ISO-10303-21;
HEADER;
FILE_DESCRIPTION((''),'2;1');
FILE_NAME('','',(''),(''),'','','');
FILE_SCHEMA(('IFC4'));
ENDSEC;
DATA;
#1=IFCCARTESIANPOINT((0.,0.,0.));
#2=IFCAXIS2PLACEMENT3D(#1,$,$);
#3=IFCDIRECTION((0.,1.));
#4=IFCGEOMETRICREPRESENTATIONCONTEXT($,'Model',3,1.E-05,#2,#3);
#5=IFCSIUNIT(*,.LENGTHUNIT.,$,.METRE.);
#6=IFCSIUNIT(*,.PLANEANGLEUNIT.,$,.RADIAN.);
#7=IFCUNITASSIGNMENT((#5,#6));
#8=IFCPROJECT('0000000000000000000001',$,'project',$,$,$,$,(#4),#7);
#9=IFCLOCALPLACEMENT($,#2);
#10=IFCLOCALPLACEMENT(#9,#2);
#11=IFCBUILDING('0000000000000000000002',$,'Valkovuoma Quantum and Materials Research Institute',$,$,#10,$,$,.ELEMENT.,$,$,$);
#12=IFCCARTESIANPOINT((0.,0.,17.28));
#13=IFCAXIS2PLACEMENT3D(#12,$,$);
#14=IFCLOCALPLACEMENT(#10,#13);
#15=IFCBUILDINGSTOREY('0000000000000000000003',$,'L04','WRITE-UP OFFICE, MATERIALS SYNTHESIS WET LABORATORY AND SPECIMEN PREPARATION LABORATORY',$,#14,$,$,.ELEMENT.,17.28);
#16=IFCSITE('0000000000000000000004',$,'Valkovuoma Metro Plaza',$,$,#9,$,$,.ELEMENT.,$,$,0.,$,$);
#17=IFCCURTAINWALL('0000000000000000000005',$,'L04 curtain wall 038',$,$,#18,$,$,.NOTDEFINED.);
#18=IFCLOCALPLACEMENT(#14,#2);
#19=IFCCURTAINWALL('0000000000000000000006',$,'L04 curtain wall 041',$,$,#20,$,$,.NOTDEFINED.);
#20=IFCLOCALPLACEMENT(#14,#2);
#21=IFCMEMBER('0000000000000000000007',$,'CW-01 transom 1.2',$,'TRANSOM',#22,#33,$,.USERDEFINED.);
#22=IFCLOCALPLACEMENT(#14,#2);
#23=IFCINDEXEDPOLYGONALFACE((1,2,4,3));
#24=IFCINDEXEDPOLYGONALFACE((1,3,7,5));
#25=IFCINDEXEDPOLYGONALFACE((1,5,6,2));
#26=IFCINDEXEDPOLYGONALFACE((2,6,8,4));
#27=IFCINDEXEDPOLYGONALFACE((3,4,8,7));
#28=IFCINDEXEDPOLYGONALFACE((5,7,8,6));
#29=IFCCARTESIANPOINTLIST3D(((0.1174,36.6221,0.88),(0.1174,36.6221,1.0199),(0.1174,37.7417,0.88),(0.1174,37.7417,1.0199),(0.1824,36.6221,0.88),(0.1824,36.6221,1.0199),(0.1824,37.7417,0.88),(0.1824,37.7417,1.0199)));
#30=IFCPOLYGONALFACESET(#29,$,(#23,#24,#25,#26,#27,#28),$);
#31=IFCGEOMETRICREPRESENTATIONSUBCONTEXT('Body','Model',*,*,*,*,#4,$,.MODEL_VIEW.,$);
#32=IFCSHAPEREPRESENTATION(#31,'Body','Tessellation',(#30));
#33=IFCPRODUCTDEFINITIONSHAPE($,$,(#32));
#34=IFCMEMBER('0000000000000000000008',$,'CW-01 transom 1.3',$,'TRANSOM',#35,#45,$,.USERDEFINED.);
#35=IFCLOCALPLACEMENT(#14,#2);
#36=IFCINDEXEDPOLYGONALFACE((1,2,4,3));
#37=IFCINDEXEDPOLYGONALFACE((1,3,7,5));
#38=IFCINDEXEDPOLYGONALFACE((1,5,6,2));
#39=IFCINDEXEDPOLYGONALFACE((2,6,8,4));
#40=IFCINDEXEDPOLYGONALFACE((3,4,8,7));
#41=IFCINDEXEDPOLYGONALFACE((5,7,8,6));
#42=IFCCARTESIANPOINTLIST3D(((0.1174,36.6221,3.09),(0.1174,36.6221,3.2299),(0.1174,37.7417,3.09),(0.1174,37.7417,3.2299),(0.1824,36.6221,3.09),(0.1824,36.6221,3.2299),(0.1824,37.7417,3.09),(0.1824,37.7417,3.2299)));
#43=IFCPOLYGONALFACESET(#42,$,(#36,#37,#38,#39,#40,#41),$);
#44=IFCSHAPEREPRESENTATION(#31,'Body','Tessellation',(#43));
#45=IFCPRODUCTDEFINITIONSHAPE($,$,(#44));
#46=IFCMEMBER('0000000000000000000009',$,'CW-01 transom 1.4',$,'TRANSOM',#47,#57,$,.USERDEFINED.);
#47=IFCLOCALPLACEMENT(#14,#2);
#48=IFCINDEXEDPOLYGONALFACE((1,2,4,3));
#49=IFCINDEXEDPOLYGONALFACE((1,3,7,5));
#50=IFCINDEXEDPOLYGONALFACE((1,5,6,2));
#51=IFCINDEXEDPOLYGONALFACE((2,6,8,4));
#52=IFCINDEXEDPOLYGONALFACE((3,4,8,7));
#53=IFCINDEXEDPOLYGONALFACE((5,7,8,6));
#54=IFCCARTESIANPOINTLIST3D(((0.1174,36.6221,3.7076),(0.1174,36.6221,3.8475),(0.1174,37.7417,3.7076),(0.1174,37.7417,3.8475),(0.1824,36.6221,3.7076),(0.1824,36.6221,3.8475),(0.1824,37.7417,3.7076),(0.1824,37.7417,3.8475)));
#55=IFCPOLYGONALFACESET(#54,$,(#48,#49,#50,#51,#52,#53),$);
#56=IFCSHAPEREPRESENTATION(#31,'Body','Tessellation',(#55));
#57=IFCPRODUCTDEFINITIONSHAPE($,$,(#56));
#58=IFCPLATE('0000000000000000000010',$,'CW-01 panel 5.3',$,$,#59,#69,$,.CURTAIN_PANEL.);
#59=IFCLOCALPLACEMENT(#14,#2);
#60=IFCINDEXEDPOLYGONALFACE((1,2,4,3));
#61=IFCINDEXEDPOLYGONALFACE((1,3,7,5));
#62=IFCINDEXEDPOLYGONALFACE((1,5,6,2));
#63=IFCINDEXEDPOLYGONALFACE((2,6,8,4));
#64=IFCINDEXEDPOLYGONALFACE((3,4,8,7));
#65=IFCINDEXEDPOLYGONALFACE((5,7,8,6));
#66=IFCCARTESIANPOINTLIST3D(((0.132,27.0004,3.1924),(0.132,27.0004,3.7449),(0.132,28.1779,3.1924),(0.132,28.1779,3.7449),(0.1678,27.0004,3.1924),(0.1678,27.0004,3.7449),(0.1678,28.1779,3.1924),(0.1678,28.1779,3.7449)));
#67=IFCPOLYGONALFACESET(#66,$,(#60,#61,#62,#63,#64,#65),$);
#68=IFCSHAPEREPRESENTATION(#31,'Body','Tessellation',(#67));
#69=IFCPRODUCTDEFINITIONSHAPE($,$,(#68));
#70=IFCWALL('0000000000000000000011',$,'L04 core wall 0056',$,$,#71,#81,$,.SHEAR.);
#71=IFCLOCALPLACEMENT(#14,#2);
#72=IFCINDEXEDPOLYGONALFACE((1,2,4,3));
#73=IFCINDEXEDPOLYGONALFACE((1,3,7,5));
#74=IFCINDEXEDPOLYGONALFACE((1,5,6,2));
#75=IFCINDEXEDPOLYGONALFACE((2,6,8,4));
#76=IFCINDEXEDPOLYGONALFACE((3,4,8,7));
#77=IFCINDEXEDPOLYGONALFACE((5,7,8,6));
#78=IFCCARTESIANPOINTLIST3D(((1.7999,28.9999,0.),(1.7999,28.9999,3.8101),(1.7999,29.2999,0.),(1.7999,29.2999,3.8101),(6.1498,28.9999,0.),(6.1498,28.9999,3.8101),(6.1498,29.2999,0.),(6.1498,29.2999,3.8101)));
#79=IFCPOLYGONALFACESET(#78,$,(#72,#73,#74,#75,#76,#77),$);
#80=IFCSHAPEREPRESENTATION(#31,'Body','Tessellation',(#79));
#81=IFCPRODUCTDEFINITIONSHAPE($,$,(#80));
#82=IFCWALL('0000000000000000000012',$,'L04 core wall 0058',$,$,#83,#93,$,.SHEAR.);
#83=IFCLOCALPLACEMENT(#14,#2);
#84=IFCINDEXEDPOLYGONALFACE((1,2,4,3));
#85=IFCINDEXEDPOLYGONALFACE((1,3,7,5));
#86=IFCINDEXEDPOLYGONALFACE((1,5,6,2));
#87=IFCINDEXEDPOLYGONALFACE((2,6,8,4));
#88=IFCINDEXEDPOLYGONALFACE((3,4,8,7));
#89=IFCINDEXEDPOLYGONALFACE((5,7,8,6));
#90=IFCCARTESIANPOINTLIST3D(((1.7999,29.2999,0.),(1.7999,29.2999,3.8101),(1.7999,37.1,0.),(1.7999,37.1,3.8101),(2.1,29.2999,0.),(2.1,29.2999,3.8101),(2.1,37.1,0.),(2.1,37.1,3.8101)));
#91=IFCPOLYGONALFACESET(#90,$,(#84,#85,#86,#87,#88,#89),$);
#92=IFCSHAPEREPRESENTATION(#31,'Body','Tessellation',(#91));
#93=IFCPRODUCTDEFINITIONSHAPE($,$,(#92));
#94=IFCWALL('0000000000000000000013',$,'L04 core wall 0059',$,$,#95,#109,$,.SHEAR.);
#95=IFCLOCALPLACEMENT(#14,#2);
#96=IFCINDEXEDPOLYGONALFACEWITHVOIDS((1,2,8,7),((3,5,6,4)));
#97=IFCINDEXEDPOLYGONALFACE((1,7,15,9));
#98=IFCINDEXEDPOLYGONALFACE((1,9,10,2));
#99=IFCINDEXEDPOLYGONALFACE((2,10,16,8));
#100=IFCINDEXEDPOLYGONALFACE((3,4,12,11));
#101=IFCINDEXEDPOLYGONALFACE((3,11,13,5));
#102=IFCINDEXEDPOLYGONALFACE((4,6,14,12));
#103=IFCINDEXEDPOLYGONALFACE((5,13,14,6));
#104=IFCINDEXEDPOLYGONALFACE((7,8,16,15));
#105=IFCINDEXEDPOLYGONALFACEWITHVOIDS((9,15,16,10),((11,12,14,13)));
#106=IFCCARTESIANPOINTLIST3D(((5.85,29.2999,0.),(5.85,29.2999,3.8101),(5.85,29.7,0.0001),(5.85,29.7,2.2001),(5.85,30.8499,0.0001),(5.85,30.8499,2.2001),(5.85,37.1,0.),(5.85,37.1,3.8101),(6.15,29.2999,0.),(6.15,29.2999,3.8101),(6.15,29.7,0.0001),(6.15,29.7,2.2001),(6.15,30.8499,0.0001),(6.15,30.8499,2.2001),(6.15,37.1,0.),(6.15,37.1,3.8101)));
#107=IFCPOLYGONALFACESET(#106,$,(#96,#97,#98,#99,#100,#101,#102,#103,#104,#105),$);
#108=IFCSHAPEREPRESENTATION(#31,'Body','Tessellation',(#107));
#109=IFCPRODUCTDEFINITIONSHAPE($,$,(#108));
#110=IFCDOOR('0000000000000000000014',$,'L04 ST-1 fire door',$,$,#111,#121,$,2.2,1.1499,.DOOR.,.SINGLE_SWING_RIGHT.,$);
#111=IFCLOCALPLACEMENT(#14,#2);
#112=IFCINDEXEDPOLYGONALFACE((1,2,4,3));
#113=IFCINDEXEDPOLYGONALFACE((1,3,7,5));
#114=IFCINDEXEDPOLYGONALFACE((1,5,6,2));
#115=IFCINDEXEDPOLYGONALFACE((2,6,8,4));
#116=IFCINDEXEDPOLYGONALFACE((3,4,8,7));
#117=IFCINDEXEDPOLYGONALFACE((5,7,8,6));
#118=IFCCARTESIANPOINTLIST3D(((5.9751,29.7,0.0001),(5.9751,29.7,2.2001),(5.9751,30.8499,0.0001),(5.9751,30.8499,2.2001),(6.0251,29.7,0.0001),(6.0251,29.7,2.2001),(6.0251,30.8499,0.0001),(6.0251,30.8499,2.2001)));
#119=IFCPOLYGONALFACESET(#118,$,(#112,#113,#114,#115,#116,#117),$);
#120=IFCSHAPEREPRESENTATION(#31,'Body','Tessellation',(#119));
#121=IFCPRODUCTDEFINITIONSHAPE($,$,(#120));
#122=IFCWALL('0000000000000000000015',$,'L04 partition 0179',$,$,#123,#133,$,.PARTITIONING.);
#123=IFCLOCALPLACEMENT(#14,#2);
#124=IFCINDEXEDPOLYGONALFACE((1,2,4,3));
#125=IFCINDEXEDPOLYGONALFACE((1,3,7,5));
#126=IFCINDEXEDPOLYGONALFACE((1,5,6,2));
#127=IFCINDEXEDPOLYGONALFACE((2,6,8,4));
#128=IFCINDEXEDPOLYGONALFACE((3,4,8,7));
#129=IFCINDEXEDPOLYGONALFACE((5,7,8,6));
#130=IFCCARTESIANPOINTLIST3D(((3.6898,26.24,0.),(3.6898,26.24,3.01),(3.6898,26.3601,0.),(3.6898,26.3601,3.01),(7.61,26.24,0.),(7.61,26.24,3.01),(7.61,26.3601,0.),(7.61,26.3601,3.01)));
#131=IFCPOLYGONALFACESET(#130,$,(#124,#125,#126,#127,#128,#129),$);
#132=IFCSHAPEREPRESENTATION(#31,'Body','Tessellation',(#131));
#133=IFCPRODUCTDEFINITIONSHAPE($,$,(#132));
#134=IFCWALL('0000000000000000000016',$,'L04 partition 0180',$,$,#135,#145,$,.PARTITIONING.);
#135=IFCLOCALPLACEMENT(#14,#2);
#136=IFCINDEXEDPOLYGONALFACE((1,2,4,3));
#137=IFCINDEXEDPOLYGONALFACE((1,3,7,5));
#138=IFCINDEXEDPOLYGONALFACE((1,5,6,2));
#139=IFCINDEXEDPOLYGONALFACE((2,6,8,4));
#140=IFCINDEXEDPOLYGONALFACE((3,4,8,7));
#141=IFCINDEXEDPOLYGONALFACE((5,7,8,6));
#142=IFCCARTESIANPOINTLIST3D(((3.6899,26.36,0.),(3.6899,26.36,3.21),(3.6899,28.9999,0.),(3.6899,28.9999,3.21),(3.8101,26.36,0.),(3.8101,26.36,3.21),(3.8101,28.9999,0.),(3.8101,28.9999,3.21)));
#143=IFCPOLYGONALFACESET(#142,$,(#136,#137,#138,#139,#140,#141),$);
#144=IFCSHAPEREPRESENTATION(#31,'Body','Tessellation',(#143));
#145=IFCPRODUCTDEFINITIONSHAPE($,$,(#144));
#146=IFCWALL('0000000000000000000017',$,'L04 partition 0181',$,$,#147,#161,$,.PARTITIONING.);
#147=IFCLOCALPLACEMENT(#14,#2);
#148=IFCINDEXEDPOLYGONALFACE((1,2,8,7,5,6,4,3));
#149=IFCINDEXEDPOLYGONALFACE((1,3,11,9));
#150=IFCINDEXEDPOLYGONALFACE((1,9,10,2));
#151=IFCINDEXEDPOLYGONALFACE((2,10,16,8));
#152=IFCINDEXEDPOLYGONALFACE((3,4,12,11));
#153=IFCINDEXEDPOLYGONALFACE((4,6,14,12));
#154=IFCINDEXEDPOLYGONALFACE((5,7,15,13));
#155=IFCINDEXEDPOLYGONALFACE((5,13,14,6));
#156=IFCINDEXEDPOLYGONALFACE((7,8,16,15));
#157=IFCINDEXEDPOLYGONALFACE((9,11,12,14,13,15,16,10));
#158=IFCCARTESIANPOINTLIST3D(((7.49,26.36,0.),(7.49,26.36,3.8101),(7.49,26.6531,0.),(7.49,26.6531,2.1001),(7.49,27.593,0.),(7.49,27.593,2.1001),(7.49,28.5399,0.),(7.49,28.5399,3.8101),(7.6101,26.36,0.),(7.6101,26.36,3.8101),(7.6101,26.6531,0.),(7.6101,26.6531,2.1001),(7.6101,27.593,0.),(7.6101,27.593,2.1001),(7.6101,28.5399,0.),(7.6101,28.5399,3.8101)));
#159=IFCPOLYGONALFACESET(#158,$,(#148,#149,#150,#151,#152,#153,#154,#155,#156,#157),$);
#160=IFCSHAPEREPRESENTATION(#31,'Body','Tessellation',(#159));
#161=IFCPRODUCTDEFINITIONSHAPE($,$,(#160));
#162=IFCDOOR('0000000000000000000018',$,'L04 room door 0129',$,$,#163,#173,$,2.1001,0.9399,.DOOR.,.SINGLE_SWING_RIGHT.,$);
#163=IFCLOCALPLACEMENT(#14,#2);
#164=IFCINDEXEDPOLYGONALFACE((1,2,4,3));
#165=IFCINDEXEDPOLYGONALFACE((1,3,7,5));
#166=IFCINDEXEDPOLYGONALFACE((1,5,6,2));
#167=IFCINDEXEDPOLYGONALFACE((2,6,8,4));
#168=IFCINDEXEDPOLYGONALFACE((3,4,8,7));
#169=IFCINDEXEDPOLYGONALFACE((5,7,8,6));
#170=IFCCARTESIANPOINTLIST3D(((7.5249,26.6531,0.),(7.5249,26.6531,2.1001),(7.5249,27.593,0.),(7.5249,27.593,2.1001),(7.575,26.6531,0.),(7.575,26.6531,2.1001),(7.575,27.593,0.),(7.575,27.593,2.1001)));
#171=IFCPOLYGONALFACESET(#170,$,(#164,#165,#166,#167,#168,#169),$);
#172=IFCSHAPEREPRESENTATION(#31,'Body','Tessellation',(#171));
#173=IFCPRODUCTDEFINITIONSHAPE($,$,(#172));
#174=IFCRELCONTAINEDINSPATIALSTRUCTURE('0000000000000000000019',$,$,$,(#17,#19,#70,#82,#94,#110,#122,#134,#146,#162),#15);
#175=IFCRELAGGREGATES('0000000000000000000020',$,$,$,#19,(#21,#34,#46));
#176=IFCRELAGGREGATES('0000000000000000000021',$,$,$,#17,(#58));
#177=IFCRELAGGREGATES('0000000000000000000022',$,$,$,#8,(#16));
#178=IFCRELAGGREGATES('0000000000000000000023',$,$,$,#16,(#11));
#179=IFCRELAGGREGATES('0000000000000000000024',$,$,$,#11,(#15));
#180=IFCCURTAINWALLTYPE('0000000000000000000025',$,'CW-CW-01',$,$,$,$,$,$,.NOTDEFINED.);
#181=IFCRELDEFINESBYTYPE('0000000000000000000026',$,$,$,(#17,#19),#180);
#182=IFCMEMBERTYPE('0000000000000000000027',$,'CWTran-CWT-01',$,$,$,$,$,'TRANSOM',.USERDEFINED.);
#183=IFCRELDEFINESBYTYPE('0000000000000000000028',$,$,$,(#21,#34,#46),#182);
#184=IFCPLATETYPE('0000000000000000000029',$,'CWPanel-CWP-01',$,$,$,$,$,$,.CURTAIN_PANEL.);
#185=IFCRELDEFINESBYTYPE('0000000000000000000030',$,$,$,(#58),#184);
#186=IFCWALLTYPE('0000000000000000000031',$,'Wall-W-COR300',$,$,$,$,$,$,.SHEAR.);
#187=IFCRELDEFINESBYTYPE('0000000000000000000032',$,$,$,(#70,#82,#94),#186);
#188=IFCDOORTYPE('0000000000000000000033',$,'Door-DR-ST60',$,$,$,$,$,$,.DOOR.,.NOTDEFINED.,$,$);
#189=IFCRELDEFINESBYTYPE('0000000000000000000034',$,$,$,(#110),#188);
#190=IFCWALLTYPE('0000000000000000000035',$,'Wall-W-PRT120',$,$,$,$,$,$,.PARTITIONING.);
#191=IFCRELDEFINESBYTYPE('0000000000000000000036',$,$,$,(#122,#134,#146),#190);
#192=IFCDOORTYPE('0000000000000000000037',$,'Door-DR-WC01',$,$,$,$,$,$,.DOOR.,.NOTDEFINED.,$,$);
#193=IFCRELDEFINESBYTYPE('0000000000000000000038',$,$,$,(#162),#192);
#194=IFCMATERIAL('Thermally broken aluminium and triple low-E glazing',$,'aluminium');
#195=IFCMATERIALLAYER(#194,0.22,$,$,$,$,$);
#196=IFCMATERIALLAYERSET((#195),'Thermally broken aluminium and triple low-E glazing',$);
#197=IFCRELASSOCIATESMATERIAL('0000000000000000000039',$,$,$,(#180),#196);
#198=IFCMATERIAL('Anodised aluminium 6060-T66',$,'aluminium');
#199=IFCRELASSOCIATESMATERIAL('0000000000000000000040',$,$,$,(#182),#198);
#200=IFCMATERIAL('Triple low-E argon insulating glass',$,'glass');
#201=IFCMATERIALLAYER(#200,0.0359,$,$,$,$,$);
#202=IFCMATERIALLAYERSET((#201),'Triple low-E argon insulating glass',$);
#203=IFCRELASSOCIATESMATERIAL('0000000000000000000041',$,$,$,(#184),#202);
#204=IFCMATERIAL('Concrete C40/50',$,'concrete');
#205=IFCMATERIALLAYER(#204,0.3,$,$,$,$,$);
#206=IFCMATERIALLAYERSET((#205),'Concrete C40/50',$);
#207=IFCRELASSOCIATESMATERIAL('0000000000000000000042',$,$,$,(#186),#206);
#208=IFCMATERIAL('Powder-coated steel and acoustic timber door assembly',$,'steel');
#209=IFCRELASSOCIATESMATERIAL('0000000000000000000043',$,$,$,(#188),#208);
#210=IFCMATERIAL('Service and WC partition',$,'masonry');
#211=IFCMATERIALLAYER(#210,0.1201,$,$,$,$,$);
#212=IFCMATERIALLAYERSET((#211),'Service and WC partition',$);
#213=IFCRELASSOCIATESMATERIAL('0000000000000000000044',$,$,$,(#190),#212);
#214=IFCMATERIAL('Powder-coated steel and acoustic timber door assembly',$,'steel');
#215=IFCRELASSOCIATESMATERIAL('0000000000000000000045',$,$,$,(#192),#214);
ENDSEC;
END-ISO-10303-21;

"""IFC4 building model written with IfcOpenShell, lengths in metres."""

from ifc_helpers import new_model, si_unit, direction, frame, frame_2d, origin, origin_2d, place, context, subcontext, project, spatial, rectangle, extrude, material, layer, layer_set, material_profile, profile_set, type_object, element, fill, aggregate, save


model = new_model("IFC4")

# Units and contexts
model_context = context("Model", 3, precision=1e-05, world=origin(), true_north=direction((0.0, 1.0)))
body_context = subcontext(model_context, "Body", "Model", "MODEL_VIEW")
ifc_project = project(units=[si_unit("LENGTHUNIT", "METRE"), si_unit("PLANEANGLEUNIT", "RADIAN")], contexts=[model_context])

# Site, building, storey
site_placement = place(None, origin())
site = spatial("IfcSite", under=ifc_project, at=site_placement, Name="Valkovuoma Metro Plaza", CompositionType="ELEMENT", RefElevation=0.0)
building_placement = place(site_placement, origin())
building = spatial("IfcBuilding", under=site, at=building_placement, Name="Valkovuoma Quantum and Materials Research Institute", CompositionType="ELEMENT")
storey_placement = place(building_placement, frame((0.0, 0.0, 17.28)))
storey = spatial("IfcBuildingStorey", under=building, at=storey_placement, Name="L04", Description="WRITE-UP OFFICE, MATERIALS SYNTHESIS WET LABORATORY AND SPECIMEN PREPARATION LABORATORY", CompositionType="ELEMENT", Elevation=17.28)

# Curtain walls
ifc_material_1 = material(Name="Thermally broken aluminium and triple low-E glazing", Category="aluminium")
ifc_layer_1 = layer(ifc_material_1, 0.22)
ifc_layer_set_1 = layer_set([ifc_layer_1], Name="Thermally broken aluminium and triple low-E glazing")
curtain_wall_type = type_object("IfcCurtainWallType", Name="CW-CW-01", PredefinedType="NOTDEFINED", material=ifc_layer_set_1)
curtain_wall_1_placement = place(storey_placement, origin())
curtain_wall_1 = element("IfcCurtainWall", 1, at=curtain_wall_1_placement, inside=storey, type_object=curtain_wall_type, Name="L04 curtain wall 038", PredefinedType="NOTDEFINED")
curtain_wall_2_placement = place(storey_placement, origin())
curtain_wall_2 = element("IfcCurtainWall", 2, at=curtain_wall_2_placement, inside=storey, type_object=curtain_wall_type, Name="L04 curtain wall 041", PredefinedType="NOTDEFINED")

# Shared definitions
ifc_material_2 = material(Name="Anodised aluminium 6060-T66", Category="aluminium")
ifc_material_profile_1 = material_profile(ifc_material_2, rectangle(XDim=0.0649, YDim=0.1399, at=origin_2d()), Name="Anodised aluminium 6060-T66")
ifc_profile_set_1 = profile_set([ifc_material_profile_1], Name="Anodised aluminium 6060-T66")
member_type_1 = type_object("IfcMemberType", Name="CWTran-CWT-01", ElementType="TRANSOM", PredefinedType="USERDEFINED", material=ifc_profile_set_1)

# Members
member_1_placement = place(storey_placement, frame((0.1499, 36.6221, 0.95), z_axis=(0.0, 1.0, 0.0), x_axis=(-1.0, 0.0, 0.0)))
member_1 = element("IfcMember", 3, at=member_1_placement, type_object=member_type_1, Name="CW-01 transom 1.2", ObjectType="TRANSOM", PredefinedType="USERDEFINED", context=body_context, shape_type="SweptSolid", body=[
    extrude(rectangle(XDim=0.0649, YDim=0.1399, at=origin_2d()), origin(), (0.0, 0.0, 1.0), 1.1196),
])
member_2_placement = place(storey_placement, frame((0.1499, 36.6221, 3.1599), z_axis=(0.0, 1.0, 0.0), x_axis=(-1.0, 0.0, 0.0)))
member_2 = element("IfcMember", 4, at=member_2_placement, type_object=member_type_1, Name="CW-01 transom 1.3", ObjectType="TRANSOM", PredefinedType="USERDEFINED", context=body_context, shape_type="SweptSolid", body=[
    extrude(rectangle(XDim=0.0649, YDim=0.1399, at=origin_2d()), origin(), (0.0, 0.0, 1.0), 1.1196),
])
member_3_placement = place(storey_placement, frame((0.1499, 36.6221, 3.7776), z_axis=(0.0, 1.0, 0.0), x_axis=(-1.0, 0.0, 0.0)))
member_3 = element("IfcMember", 5, at=member_3_placement, type_object=member_type_1, Name="CW-01 transom 1.4", ObjectType="TRANSOM", PredefinedType="USERDEFINED", context=body_context, shape_type="SweptSolid", body=[
    extrude(rectangle(XDim=0.0649, YDim=0.1399, at=origin_2d()), origin(), (0.0, 0.0, 1.0), 1.1196),
])
aggregate(curtain_wall_2, [member_1, member_2, member_3])

# Plate
ifc_material_3 = material(Name="Triple low-E argon insulating glass", Category="glass")
ifc_layer_2 = layer(ifc_material_3, 0.0359)
ifc_layer_set_2 = layer_set([ifc_layer_2], Name="Triple low-E argon insulating glass")
plate_type = type_object("IfcPlateType", Name="CWPanel-CWP-01", PredefinedType="CURTAIN_PANEL", material=ifc_layer_set_2)
plate_placement = place(storey_placement, frame((0.1499, 27.5891, 3.1924), z_axis=(0.0, 0.0, 1.0), x_axis=(0.0, 1.0, 0.0)))
plate = element("IfcPlate", 6, at=plate_placement, type_object=plate_type, Name="CW-01 panel 5.3", PredefinedType="CURTAIN_PANEL", context=body_context, shape_type="SweptSolid", body=[
    extrude(rectangle(XDim=1.1775, YDim=0.0359, at=origin_2d()), origin(), (0.0, 0.0, 1.0), 0.5525),
])
aggregate(curtain_wall_1, [plate])

# Walls
ifc_material_4 = material(Name="Concrete C40/50", Category="concrete")
ifc_layer_3 = layer(ifc_material_4, 0.3)
ifc_layer_set_3 = layer_set([ifc_layer_3], Name="Concrete C40/50")
wall_type_1 = type_object("IfcWallType", Name="Wall-W-COR300", PredefinedType="SHEAR", material=ifc_layer_set_3)
wall_1_placement = place(storey_placement, frame((1.8, 29.1499, 0.0), z_axis=(0.0, 0.0, 1.0), x_axis=(1.0, 0.0, 0.0)))
element("IfcWall", 7, at=wall_1_placement, inside=storey, type_object=wall_type_1, Name="L04 core wall 0056", PredefinedType="SHEAR", context=body_context, shape_type="SweptSolid", body=[
    extrude(rectangle(XDim=4.3499, YDim=0.3, at=frame_2d((2.1748, 0.0))), origin(), (0.0, 0.0, 1.0), 3.8101),
])
wall_2_placement = place(storey_placement, frame((1.95, 29.3, 0.0), z_axis=(0.0, 0.0, 1.0), x_axis=(0.0, 1.0, 0.0)))
element("IfcWall", 8, at=wall_2_placement, inside=storey, type_object=wall_type_1, Name="L04 core wall 0058", PredefinedType="SHEAR", context=body_context, shape_type="SweptSolid", body=[
    extrude(rectangle(XDim=7.8, YDim=0.3, at=frame_2d((3.8999, 0.0))), origin(), (0.0, 0.0, 1.0), 3.8101),
])

# Wall, opening, door
wall_3_placement = place(storey_placement, frame((6.0, 29.3, 0.0), z_axis=(0.0, 0.0, 1.0), x_axis=(0.0, 1.0, 0.0)))
wall_3 = element("IfcWall", 9, at=wall_3_placement, inside=storey, type_object=wall_type_1, Name="L04 core wall 0059", PredefinedType="SHEAR", context=body_context, shape_type="SweptSolid", body=[
    extrude(rectangle(XDim=7.8, YDim=0.3, at=frame_2d((3.8999, 0.0))), origin(), (0.0, 0.0, 1.0), 3.8101),
])
opening_1_placement = place(wall_3_placement, frame((0.3999, 0.0, 0.0)))
opening_1 = element("IfcOpeningElement", 10, at=opening_1_placement, cuts=wall_3, PredefinedType="OPENING", context=body_context, shape_type="SweptSolid", body=[
    extrude(rectangle(XDim=1.1499, YDim=2.2, at=frame_2d((0.575, 1.1001))), frame((0.0, 0.1602, 0.0), z_axis=(0.0, -1.0, 0.0), x_axis=(1.0, 0.0, 0.0)), (0.0, 0.0, 1.0), 0.3201),
])
ifc_material_5 = material(Name="Powder-coated steel and acoustic timber door assembly", Category="steel")
door_type_1 = type_object("IfcDoorType", Name="Door-DR-ST60", OperationType="NOTDEFINED", PredefinedType="DOOR", material=ifc_material_5)
door_1_placement = place(opening_1_placement, origin())
door_1 = element("IfcDoor", 11, at=door_1_placement, inside=storey, type_object=door_type_1, Name="L04 ST-1 fire door", OperationType="SINGLE_SWING_RIGHT", OverallHeight=2.2, OverallWidth=1.1499, PredefinedType="DOOR", context=body_context, shape_type="SweptSolid", body=[
    extrude(rectangle(XDim=1.1499, YDim=2.2, at=frame_2d((0.575, 1.1001))), frame((0.0, 0.0249, 0.0), z_axis=(0.0, -1.0, 0.0), x_axis=(1.0, 0.0, 0.0)), (0.0, 0.0, 1.0), 0.05),
])
fill(opening_1, door_1)

# Walls
ifc_material_6 = material(Name="Service and WC partition", Category="masonry")
ifc_layer_4 = layer(ifc_material_6, 0.1201)
ifc_layer_set_4 = layer_set([ifc_layer_4], Name="Service and WC partition")
wall_type_2 = type_object("IfcWallType", Name="Wall-W-PRT120", PredefinedType="PARTITIONING", material=ifc_layer_set_4)
wall_4_placement = place(storey_placement, frame((3.6899, 26.3, 0.0), z_axis=(0.0, 0.0, 1.0), x_axis=(1.0, 0.0, 0.0)))
element("IfcWall", 12, at=wall_4_placement, inside=storey, type_object=wall_type_2, Name="L04 partition 0179", PredefinedType="PARTITIONING", context=body_context, shape_type="SweptSolid", body=[
    extrude(rectangle(XDim=3.9202, YDim=0.1201, at=frame_2d((1.96, 0.0))), origin(), (0.0, 0.0, 1.0), 3.01),
])
wall_5_placement = place(storey_placement, frame((3.75, 26.3601, 0.0), z_axis=(0.0, 0.0, 1.0), x_axis=(0.0, 1.0, 0.0)))
element("IfcWall", 13, at=wall_5_placement, inside=storey, type_object=wall_type_2, Name="L04 partition 0180", PredefinedType="PARTITIONING", context=body_context, shape_type="SweptSolid", body=[
    extrude(rectangle(XDim=2.6399, YDim=0.1201, at=frame_2d((1.3198, 0.0))), origin(), (0.0, 0.0, 1.0), 3.21),
])

# Wall, opening, door
wall_6_placement = place(storey_placement, frame((7.55, 26.3601, 0.0), z_axis=(0.0, 0.0, 1.0), x_axis=(0.0, 1.0, 0.0)))
wall_6 = element("IfcWall", 14, at=wall_6_placement, inside=storey, type_object=wall_type_2, Name="L04 partition 0181", PredefinedType="PARTITIONING", context=body_context, shape_type="SweptSolid", body=[
    extrude(rectangle(XDim=2.1799, YDim=0.1201, at=frame_2d((1.0898, 0.0))), origin(), (0.0, 0.0, 1.0), 3.8101),
])
opening_2_placement = place(wall_6_placement, frame((0.293, 0.0, 0.0)))
opening_2 = element("IfcOpeningElement", 15, at=opening_2_placement, cuts=wall_6, PredefinedType="OPENING", context=body_context, shape_type="SweptSolid", body=[
    extrude(rectangle(XDim=0.9399, YDim=2.1001, at=frame_2d((0.47, 1.05))), frame((0.0, 0.0701, 0.0), z_axis=(0.0, -1.0, 0.0), x_axis=(1.0, 0.0, 0.0)), (0.0, 0.0, 1.0), 0.1401),
])
ifc_material_7 = material(Name="Powder-coated steel and acoustic timber door assembly", Category="steel")
door_type_2 = type_object("IfcDoorType", Name="Door-DR-WC01", OperationType="NOTDEFINED", PredefinedType="DOOR", material=ifc_material_7)
door_2_placement = place(opening_2_placement, frame((0.9399, 0.0, 0.0), z_axis=(0.0, 0.0, 1.0), x_axis=(-1.0, 0.0, 0.0)))
door_2 = element("IfcDoor", 16, at=door_2_placement, inside=storey, type_object=door_type_2, Name="L04 room door 0129", OperationType="SINGLE_SWING_RIGHT", OverallHeight=2.1001, OverallWidth=0.9399, PredefinedType="DOOR", context=body_context, shape_type="SweptSolid", body=[
    extrude(rectangle(XDim=0.9399, YDim=2.1001, at=frame_2d((0.47, 1.05))), frame((0.0, 0.0249, 0.0), z_axis=(0.0, -1.0, 0.0), x_axis=(1.0, 0.0, 0.0)), (0.0, 0.0, 1.0), 0.05),
])
fill(opening_2, door_2)

save(model, "model.ifc")
